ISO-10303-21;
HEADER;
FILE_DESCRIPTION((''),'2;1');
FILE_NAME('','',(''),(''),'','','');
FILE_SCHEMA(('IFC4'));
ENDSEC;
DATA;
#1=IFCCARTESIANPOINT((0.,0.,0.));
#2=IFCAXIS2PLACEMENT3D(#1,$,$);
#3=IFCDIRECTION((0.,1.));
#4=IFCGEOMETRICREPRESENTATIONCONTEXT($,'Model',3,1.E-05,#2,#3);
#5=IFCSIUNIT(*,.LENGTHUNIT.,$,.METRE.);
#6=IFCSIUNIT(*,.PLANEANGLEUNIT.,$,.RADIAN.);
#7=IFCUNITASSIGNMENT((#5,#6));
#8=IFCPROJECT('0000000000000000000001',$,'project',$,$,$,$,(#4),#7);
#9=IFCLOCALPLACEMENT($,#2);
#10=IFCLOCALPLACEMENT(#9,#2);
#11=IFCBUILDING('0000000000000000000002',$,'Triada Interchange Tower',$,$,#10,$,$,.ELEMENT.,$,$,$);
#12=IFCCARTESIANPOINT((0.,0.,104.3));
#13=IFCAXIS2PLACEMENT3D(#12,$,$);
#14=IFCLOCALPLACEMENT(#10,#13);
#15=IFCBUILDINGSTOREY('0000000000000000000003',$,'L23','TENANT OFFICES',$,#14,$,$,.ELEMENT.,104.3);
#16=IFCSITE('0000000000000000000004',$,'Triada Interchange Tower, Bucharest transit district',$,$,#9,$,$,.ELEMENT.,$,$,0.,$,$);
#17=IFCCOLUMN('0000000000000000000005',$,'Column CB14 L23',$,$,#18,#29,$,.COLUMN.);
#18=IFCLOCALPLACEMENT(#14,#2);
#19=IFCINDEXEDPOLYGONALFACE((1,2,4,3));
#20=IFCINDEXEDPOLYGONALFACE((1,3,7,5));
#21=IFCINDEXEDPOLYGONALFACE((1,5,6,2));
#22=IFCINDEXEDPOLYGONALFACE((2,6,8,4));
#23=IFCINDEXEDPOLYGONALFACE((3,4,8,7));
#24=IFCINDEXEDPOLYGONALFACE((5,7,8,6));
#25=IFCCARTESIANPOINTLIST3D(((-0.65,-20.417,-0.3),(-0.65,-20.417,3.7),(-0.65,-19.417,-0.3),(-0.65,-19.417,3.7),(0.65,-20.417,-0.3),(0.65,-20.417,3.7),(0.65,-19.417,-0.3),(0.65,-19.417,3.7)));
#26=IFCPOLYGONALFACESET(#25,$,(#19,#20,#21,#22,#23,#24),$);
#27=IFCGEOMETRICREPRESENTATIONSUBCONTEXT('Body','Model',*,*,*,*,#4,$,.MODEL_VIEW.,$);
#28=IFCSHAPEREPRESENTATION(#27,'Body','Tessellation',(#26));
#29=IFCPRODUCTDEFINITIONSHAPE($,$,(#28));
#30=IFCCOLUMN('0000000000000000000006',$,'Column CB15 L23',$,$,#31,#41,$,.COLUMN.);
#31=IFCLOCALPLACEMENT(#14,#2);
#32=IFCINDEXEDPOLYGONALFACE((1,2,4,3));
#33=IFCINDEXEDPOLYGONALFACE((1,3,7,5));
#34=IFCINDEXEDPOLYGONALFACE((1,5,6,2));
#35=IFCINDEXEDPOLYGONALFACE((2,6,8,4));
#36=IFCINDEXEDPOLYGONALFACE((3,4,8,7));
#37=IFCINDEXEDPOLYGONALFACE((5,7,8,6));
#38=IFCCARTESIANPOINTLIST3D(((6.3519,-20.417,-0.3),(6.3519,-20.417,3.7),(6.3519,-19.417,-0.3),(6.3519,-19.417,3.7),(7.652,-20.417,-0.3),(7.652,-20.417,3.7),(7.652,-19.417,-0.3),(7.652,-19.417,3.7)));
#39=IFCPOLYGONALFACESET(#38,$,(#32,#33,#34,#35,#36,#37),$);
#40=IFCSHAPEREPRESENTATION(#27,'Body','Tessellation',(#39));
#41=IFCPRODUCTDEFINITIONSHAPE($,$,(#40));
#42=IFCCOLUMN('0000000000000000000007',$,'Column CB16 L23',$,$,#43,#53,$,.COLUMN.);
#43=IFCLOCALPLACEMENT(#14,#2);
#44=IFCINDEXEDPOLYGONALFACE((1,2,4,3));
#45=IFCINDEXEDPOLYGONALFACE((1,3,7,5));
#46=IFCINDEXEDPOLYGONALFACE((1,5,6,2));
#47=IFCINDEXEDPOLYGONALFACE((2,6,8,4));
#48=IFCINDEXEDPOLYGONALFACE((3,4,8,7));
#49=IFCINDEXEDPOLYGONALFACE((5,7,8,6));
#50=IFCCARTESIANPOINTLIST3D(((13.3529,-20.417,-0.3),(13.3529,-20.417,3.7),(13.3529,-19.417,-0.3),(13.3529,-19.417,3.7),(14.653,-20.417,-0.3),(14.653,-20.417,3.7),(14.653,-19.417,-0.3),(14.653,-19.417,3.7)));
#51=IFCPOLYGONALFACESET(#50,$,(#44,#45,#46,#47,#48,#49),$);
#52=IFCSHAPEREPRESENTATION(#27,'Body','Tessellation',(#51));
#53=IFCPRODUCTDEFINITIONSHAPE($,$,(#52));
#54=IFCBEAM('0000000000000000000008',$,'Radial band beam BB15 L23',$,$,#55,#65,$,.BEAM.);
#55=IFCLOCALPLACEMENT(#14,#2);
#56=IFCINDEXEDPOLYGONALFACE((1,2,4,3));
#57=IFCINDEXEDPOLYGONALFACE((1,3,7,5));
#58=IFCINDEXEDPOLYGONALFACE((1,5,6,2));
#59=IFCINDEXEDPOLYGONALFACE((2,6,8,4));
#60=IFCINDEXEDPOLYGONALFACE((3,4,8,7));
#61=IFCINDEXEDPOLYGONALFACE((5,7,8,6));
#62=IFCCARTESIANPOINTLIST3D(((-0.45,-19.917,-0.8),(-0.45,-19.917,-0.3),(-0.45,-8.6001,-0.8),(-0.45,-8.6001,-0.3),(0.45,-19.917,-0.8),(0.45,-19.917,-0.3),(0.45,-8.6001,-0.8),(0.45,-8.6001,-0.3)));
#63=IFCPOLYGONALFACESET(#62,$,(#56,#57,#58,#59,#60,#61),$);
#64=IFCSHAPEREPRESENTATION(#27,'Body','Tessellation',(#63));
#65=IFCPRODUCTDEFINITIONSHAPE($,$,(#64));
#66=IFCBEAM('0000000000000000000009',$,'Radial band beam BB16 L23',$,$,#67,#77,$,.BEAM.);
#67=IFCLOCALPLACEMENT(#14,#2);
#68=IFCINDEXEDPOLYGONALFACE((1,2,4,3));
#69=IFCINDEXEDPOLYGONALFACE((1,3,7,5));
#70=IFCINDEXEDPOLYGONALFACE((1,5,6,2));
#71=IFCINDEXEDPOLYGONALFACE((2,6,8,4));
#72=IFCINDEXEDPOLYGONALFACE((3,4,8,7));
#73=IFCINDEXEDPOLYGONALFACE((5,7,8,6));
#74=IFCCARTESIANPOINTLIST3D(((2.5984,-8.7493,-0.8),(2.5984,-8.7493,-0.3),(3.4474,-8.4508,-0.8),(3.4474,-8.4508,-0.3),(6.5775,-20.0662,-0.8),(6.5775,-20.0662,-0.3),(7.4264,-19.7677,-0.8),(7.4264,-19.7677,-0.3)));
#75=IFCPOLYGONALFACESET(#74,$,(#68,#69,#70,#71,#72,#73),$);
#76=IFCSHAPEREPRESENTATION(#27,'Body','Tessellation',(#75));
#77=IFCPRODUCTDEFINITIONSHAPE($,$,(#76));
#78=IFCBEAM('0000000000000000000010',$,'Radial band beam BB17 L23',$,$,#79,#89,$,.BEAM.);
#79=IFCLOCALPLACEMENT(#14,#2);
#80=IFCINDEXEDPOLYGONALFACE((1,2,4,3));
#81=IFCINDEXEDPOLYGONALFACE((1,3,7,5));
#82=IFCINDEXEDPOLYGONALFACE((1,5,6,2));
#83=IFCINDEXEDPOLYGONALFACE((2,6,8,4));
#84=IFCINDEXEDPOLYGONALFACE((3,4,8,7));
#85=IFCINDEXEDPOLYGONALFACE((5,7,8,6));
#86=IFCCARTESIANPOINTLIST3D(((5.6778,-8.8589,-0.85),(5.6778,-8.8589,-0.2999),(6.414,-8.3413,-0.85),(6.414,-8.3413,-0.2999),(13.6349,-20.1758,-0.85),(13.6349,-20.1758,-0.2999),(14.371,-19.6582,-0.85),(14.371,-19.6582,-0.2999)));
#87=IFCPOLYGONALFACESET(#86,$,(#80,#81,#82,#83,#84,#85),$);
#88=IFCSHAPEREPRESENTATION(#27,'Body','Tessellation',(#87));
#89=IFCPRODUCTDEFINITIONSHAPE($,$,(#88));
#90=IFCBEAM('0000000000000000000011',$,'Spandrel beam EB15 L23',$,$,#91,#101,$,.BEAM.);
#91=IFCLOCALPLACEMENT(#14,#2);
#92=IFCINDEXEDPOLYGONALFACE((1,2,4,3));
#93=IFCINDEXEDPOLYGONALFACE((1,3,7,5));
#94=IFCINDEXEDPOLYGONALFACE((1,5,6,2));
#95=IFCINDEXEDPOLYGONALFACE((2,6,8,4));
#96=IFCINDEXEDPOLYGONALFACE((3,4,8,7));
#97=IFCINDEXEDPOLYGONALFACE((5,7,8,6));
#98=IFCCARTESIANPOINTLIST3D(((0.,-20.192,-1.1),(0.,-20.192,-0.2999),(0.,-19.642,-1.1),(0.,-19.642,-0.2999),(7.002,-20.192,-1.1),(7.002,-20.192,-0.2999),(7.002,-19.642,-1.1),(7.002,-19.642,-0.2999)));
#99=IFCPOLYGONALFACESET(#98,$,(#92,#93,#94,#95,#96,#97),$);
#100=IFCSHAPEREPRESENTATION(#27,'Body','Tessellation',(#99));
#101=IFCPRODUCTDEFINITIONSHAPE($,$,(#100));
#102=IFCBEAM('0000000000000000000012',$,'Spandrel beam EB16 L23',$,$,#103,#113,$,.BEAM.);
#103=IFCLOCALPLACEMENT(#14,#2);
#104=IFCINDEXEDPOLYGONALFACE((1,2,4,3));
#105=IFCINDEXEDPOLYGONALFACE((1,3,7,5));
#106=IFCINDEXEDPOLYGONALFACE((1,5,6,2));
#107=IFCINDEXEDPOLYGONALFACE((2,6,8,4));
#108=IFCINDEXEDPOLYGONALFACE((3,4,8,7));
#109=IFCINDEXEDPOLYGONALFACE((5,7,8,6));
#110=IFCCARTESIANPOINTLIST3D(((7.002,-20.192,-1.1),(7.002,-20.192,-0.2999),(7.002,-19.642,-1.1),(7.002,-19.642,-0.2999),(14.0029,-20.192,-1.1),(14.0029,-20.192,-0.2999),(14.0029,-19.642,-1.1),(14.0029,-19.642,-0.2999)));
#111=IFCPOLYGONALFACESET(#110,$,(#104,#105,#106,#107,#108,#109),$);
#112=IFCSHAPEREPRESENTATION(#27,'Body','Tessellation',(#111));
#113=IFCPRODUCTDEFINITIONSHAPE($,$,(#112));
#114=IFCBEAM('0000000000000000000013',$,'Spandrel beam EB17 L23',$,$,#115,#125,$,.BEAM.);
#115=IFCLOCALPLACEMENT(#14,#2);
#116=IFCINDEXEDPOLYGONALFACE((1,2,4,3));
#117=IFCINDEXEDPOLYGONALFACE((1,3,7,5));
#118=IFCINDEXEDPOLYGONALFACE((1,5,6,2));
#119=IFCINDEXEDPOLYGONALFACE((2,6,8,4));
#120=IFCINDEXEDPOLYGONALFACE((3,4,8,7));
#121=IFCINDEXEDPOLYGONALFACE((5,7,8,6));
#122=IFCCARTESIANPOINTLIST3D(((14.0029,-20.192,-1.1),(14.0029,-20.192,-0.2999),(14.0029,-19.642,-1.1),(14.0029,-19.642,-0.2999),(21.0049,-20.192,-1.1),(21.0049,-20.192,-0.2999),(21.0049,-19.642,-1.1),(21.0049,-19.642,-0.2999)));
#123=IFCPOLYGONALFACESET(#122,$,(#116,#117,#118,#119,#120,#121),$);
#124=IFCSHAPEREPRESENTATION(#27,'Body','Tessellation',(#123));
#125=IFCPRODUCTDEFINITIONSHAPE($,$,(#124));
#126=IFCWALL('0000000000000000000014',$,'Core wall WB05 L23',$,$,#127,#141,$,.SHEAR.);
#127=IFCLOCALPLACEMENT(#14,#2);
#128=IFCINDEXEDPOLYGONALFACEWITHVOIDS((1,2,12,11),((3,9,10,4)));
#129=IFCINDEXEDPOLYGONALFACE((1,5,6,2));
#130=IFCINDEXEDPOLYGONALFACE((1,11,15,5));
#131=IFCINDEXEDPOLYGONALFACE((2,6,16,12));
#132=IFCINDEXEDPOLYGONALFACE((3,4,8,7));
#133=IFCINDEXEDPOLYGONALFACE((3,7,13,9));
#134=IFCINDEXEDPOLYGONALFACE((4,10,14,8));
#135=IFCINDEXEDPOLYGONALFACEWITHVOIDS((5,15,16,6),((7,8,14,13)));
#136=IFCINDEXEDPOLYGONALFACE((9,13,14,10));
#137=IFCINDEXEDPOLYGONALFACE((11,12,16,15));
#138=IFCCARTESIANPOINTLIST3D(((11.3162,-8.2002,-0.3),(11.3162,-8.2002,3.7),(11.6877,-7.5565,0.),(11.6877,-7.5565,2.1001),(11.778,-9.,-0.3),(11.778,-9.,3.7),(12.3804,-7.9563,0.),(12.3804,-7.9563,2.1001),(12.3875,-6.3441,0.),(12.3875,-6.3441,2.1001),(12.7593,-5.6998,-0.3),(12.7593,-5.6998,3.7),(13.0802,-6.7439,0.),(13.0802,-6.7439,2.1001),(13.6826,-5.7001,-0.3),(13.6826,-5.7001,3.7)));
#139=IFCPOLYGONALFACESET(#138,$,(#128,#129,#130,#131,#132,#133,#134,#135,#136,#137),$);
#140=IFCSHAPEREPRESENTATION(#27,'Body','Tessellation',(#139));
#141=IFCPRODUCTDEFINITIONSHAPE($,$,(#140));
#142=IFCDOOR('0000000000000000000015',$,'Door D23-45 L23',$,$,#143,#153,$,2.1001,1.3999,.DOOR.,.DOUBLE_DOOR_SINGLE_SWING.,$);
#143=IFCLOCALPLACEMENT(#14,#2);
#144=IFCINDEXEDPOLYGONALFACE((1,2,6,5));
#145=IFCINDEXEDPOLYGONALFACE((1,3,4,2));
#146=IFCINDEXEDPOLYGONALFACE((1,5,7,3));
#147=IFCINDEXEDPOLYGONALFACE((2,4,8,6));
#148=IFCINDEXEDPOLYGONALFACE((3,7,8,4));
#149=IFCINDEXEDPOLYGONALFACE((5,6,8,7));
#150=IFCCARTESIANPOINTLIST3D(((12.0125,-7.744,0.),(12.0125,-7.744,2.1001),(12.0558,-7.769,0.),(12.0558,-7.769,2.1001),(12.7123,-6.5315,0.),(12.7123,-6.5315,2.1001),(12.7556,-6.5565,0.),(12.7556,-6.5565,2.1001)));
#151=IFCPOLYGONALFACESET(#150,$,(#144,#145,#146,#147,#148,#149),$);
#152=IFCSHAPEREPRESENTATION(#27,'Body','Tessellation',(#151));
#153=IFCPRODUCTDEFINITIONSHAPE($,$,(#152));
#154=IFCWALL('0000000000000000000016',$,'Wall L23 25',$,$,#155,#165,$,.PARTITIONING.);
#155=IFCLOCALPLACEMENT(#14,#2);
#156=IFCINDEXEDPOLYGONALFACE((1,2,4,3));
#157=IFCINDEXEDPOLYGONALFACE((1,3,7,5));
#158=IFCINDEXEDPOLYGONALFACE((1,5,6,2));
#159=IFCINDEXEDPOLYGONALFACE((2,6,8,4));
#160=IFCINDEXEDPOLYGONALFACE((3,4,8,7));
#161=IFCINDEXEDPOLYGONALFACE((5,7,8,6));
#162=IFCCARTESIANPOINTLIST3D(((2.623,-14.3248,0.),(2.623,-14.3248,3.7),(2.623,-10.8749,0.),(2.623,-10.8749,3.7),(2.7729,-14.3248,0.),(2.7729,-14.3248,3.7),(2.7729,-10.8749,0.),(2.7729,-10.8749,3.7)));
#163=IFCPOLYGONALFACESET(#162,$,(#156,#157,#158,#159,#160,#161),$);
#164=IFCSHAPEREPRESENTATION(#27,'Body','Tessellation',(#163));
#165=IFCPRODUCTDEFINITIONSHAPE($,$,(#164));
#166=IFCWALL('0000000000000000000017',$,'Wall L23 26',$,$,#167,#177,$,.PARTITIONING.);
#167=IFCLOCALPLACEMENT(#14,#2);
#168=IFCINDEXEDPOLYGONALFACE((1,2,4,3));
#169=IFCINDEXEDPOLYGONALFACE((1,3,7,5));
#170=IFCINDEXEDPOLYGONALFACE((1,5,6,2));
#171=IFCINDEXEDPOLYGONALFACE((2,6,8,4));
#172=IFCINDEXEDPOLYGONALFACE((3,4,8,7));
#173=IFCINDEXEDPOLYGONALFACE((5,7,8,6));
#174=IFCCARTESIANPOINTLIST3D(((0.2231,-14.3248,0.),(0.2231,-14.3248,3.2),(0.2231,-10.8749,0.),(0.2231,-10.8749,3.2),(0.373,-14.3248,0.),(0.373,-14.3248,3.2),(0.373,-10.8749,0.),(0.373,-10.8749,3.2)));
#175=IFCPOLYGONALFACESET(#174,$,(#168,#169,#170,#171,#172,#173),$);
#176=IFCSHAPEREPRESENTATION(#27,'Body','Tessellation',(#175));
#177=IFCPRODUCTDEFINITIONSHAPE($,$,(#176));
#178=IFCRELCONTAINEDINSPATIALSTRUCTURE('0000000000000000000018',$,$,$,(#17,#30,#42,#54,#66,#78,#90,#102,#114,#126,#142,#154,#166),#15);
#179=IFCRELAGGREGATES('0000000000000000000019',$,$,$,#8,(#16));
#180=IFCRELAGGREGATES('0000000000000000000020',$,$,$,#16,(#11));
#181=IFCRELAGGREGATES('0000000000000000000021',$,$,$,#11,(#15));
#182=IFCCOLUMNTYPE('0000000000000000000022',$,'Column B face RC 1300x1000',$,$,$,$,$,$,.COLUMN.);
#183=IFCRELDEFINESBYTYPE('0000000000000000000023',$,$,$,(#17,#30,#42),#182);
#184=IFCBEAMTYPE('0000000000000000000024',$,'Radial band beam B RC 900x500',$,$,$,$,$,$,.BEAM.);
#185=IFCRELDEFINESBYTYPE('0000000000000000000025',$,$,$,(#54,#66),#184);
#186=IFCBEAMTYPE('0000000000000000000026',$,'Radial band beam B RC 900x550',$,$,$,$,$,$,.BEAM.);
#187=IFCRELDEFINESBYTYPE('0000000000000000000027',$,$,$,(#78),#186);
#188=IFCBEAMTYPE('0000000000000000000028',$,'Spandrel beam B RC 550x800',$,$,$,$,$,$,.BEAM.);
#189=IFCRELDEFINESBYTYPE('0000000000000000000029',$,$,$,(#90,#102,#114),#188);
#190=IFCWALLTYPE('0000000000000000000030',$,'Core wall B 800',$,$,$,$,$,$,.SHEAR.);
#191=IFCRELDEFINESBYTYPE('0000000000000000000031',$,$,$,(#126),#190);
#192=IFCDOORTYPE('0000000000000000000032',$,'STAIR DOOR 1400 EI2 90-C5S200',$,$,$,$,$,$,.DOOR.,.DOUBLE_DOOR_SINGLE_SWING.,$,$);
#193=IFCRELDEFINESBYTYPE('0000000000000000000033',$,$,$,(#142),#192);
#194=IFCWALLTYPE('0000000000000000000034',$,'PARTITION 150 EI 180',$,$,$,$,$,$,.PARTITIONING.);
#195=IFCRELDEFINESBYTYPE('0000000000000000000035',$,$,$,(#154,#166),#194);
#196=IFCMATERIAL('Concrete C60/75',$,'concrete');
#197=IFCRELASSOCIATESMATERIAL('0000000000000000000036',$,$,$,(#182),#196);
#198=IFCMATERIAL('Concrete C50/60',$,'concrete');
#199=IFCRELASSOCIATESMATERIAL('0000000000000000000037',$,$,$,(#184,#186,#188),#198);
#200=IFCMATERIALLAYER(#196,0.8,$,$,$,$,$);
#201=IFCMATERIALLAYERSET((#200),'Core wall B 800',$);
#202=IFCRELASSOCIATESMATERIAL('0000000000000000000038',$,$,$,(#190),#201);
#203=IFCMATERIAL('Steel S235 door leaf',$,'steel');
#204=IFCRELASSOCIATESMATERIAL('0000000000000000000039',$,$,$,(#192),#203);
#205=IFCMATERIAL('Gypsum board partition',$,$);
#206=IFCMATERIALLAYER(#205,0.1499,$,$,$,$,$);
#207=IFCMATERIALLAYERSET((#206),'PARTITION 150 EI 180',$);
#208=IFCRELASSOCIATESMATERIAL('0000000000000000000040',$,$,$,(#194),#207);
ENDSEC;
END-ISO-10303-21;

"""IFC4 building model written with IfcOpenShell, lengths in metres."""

from ifc_helpers import new_model, si_unit, direction, frame, frame_2d, origin, origin_2d, place, context, subcontext, project, spatial, polyline, rectangle, outline, extrude, material, layer, layer_set, material_profile, profile_set, type_object, element, fill, save


model = new_model("IFC4")

# Units and contexts
model_context = context("Model", 3, precision=1e-05, world=origin(), true_north=direction((0.0, 1.0)))
body_context = subcontext(model_context, "Body", "Model", "MODEL_VIEW")
ifc_project = project(units=[si_unit("LENGTHUNIT", "METRE"), si_unit("PLANEANGLEUNIT", "RADIAN")], contexts=[model_context])

# Site, building, storey
site_placement = place(None, origin())
site = spatial("IfcSite", under=ifc_project, at=site_placement, Name="Triada Interchange Tower, Bucharest transit district", CompositionType="ELEMENT", RefElevation=0.0)
building_placement = place(site_placement, origin())
building = spatial("IfcBuilding", under=site, at=building_placement, Name="Triada Interchange Tower", CompositionType="ELEMENT")
storey_placement = place(building_placement, frame((0.0, 0.0, 104.3)))
storey = spatial("IfcBuildingStorey", under=building, at=storey_placement, Name="L23", Description="TENANT OFFICES", CompositionType="ELEMENT", Elevation=104.3)

# Columns
ifc_material_1 = material(Name="Concrete C60/75", Category="concrete")
ifc_material_profile_1 = material_profile(ifc_material_1, rectangle(XDim=1.3, YDim=1.0, at=origin_2d()), Name="RC 1300x1000")
ifc_profile_set_1 = profile_set([ifc_material_profile_1], Name="Concrete C60/75")
column_type = type_object("IfcColumnType", Name="Column B face RC 1300x1000", PredefinedType="COLUMN", material=ifc_profile_set_1)
for number, where, z_axis, x_axis, name in (
    (1, (0.0, -19.917, -0.3), (0.0, 0.0, 1.0), (1.0, 0.0, 0.0), "Column CB14 L23"),
    (2, (7.002, -19.917, -0.3), (0.0, 0.0, 1.0), (1.0, 0.0, 0.0), "Column CB15 L23"),
    (3, (14.0029, -19.917, -0.3), (0.0, 0.0, 1.0), (1.0, 0.0, 0.0), "Column CB16 L23"),
):
    element("IfcColumn", number, at=place(storey_placement, frame(where, z_axis=z_axis, x_axis=x_axis)), inside=storey, type_object=column_type, Name=name, PredefinedType="COLUMN", context=body_context, shape_type="SweptSolid", body=[
        extrude(rectangle(XDim=1.3, YDim=1.0, at=origin_2d()), origin(), (0.0, 0.0, 1.0), 4.0),
    ])

# Beams
ifc_material_2 = material(Name="Concrete C50/60", Category="concrete")
ifc_material_profile_2 = material_profile(ifc_material_2, rectangle(XDim=0.8999, YDim=0.5, at=origin_2d()), Name="RC 900x500")
ifc_profile_set_2 = profile_set([ifc_material_profile_2], Name="Concrete C50/60")
beam_type_1 = type_object("IfcBeamType", Name="Radial band beam B RC 900x500", PredefinedType="BEAM", material=ifc_profile_set_2)
beam_1_placement = place(storey_placement, frame((0.0, -19.917, -0.55), z_axis=(0.0, 1.0, 0.0), x_axis=(-1.0, 0.0, 0.0)))
element("IfcBeam", 4, at=beam_1_placement, inside=storey, type_object=beam_type_1, Name="Radial band beam BB15 L23", PredefinedType="BEAM", context=body_context, shape_type="SweptSolid", body=[
    extrude(rectangle(XDim=0.8999, YDim=0.5, at=origin_2d()), origin(), (0.0, 0.0, 1.0), 11.3169),
])
beam_2_placement = place(storey_placement, frame((7.002, -19.917, -0.55), z_axis=(-0.331694, 0.943387, 0.0), x_axis=(-0.943387, -0.331694, 0.0)))
element("IfcBeam", 5, at=beam_2_placement, inside=storey, type_object=beam_type_1, Name="Radial band beam BB16 L23", PredefinedType="BEAM", context=body_context, shape_type="SweptSolid", body=[
    extrude(rectangle(XDim=0.8999, YDim=0.5, at=origin_2d()), origin(), (0.0, 0.0, 1.0), 11.9961),
])
ifc_material_profile_3 = material_profile(ifc_material_2, rectangle(XDim=0.8999, YDim=0.55, at=origin_2d()), Name="RC 900x550")
ifc_profile_set_3 = profile_set([ifc_material_profile_3], Name="Concrete C50/60")
beam_type_2 = type_object("IfcBeamType", Name="Radial band beam B RC 900x550", PredefinedType="BEAM", material=ifc_profile_set_3)
beam_3_placement = place(storey_placement, frame((14.0029, -19.917, -0.575), z_axis=(-0.575169, 0.818035, 0.0), x_axis=(-0.818035, -0.575169, 0.0)))
element("IfcBeam", 6, at=beam_3_placement, inside=storey, type_object=beam_type_2, Name="Radial band beam BB17 L23", PredefinedType="BEAM", context=body_context, shape_type="SweptSolid", body=[
    extrude(rectangle(XDim=0.8999, YDim=0.55, at=origin_2d()), origin(), (0.0, 0.0, 1.0), 13.8342),
])
ifc_material_profile_4 = material_profile(ifc_material_2, rectangle(XDim=0.55, YDim=0.8, at=origin_2d()), Name="RC 550x800")
ifc_profile_set_4 = profile_set([ifc_material_profile_4], Name="Concrete C50/60")
beam_type_3 = type_object("IfcBeamType", Name="Spandrel beam B RC 550x800", PredefinedType="BEAM", material=ifc_profile_set_4)
beam_4_placement = place(storey_placement, frame((0.0, -19.917, -0.7), z_axis=(1.0, 0.0, 0.0), x_axis=(0.0, 1.0, 0.0)))
element("IfcBeam", 7, at=beam_4_placement, inside=storey, type_object=beam_type_3, Name="Spandrel beam EB15 L23", PredefinedType="BEAM", context=body_context, shape_type="SweptSolid", body=[
    extrude(rectangle(XDim=0.55, YDim=0.8, at=origin_2d()), origin(), (0.0, 0.0, 1.0), 7.002),
])
beam_5_placement = place(storey_placement, frame((7.002, -19.917, -0.7), z_axis=(1.0, 0.0, 0.0), x_axis=(0.0, 1.0, 0.0)))
element("IfcBeam", 8, at=beam_5_placement, inside=storey, type_object=beam_type_3, Name="Spandrel beam EB16 L23", PredefinedType="BEAM", context=body_context, shape_type="SweptSolid", body=[
    extrude(rectangle(XDim=0.55, YDim=0.8, at=origin_2d()), origin(), (0.0, 0.0, 1.0), 7.001),
])
beam_6_placement = place(storey_placement, frame((14.0029, -19.917, -0.7), z_axis=(1.0, 0.0, 0.0), x_axis=(0.0, 1.0, 0.0)))
element("IfcBeam", 9, at=beam_6_placement, inside=storey, type_object=beam_type_3, Name="Spandrel beam EB17 L23", PredefinedType="BEAM", context=body_context, shape_type="SweptSolid", body=[
    extrude(rectangle(XDim=0.55, YDim=0.8, at=origin_2d()), origin(), (0.0, 0.0, 1.0), 7.002),
])

# Wall, opening, door
ifc_layer_1 = layer(ifc_material_1, 0.8)
ifc_layer_set_1 = layer_set([ifc_layer_1], Name="Core wall B 800")
wall_type_1 = type_object("IfcWallType", Name="Core wall B 800", PredefinedType="SHEAR", material=ifc_layer_set_1)
wall_1_placement = place(storey_placement, frame((11.5471, -8.6001, -0.3), z_axis=(0.0, 0.0, 1.0), x_axis=(0.499872, 0.866099, 0.0)))
wall_1 = element("IfcWall", 10, at=wall_1_placement, inside=storey, type_object=wall_type_1, Name="Core wall WB05 L23", PredefinedType="SHEAR", context=body_context, shape_type="SweptSolid", body=[
    extrude(outline(polyline([(-0.231, -0.3999), (1.6741, -0.3999), (3.5791, -0.3999), (3.1179, 0.3999), (1.6743, 0.3999), (0.231, 0.3999), (-0.231, -0.3999)])), origin(), (0.0, 0.0, 1.0), 4.0),
])
opening_placement = place(wall_1_placement, frame((0.9741, 0.0, 0.3)))
opening = element("IfcOpeningElement", 11, at=opening_placement, cuts=wall_1, PredefinedType="OPENING", context=body_context, shape_type="SweptSolid", body=[
    extrude(rectangle(XDim=1.3999, YDim=2.1001, at=frame_2d((0.7, 1.05))), frame((0.0, 0.4099, 0.0), z_axis=(0.0, -1.0, 0.0), x_axis=(1.0, 0.0, 0.0)), (0.0, 0.0, 1.0), 0.8201),
])
ifc_material_3 = material(Name="Steel S235 door leaf", Category="steel")
door_type = type_object("IfcDoorType", Name="STAIR DOOR 1400 EI2 90-C5S200", OperationType="DOUBLE_DOOR_SINGLE_SWING", PredefinedType="DOOR", material=ifc_material_3)
door_placement = place(opening_placement, origin())
door = element("IfcDoor", 12, at=door_placement, inside=storey, type_object=door_type, Name="Door D23-45 L23", OperationType="DOUBLE_DOOR_SINGLE_SWING", OverallHeight=2.1001, OverallWidth=1.3999, PredefinedType="DOOR", context=body_context, shape_type="SweptSolid", body=[
    extrude(rectangle(XDim=1.3999, YDim=2.1001, at=frame_2d((0.7, 1.05))), frame((0.0, 0.0249, 0.0), z_axis=(0.0, -1.0, 0.0), x_axis=(1.0, 0.0, 0.0)), (0.0, 0.0, 1.0), 0.05),
])
fill(opening, door)

# Walls
ifc_material_4 = material(Name="Gypsum board partition")
ifc_layer_2 = layer(ifc_material_4, 0.1499)
ifc_layer_set_2 = layer_set([ifc_layer_2], Name="PARTITION 150 EI 180")
wall_type_2 = type_object("IfcWallType", Name="PARTITION 150 EI 180", PredefinedType="PARTITIONING", material=ifc_layer_set_2)
wall_2_placement = place(storey_placement, frame((2.698, -14.325, 0.0), z_axis=(0.0, 0.0, 1.0), x_axis=(0.0, 1.0, 0.0)))
element("IfcWall", 13, at=wall_2_placement, inside=storey, type_object=wall_type_2, Name="Wall L23 25", PredefinedType="PARTITIONING", context=body_context, shape_type="SweptSolid", body=[
    extrude(rectangle(XDim=3.45, YDim=0.1499, at=frame_2d((1.7251, 0.0))), origin(), (0.0, 0.0, 1.0), 3.7),
])
wall_3_placement = place(storey_placement, frame((0.2981, -14.325, 0.0), z_axis=(0.0, 0.0, 1.0), x_axis=(0.0, 1.0, 0.0)))
element("IfcWall", 14, at=wall_3_placement, inside=storey, type_object=wall_type_2, Name="Wall L23 26", PredefinedType="PARTITIONING", context=body_context, shape_type="SweptSolid", body=[
    extrude(rectangle(XDim=3.45, YDim=0.1499, at=frame_2d((1.7251, 0.0))), origin(), (0.0, 0.0, 1.0), 3.2),
])

save(model, "model.ifc")
